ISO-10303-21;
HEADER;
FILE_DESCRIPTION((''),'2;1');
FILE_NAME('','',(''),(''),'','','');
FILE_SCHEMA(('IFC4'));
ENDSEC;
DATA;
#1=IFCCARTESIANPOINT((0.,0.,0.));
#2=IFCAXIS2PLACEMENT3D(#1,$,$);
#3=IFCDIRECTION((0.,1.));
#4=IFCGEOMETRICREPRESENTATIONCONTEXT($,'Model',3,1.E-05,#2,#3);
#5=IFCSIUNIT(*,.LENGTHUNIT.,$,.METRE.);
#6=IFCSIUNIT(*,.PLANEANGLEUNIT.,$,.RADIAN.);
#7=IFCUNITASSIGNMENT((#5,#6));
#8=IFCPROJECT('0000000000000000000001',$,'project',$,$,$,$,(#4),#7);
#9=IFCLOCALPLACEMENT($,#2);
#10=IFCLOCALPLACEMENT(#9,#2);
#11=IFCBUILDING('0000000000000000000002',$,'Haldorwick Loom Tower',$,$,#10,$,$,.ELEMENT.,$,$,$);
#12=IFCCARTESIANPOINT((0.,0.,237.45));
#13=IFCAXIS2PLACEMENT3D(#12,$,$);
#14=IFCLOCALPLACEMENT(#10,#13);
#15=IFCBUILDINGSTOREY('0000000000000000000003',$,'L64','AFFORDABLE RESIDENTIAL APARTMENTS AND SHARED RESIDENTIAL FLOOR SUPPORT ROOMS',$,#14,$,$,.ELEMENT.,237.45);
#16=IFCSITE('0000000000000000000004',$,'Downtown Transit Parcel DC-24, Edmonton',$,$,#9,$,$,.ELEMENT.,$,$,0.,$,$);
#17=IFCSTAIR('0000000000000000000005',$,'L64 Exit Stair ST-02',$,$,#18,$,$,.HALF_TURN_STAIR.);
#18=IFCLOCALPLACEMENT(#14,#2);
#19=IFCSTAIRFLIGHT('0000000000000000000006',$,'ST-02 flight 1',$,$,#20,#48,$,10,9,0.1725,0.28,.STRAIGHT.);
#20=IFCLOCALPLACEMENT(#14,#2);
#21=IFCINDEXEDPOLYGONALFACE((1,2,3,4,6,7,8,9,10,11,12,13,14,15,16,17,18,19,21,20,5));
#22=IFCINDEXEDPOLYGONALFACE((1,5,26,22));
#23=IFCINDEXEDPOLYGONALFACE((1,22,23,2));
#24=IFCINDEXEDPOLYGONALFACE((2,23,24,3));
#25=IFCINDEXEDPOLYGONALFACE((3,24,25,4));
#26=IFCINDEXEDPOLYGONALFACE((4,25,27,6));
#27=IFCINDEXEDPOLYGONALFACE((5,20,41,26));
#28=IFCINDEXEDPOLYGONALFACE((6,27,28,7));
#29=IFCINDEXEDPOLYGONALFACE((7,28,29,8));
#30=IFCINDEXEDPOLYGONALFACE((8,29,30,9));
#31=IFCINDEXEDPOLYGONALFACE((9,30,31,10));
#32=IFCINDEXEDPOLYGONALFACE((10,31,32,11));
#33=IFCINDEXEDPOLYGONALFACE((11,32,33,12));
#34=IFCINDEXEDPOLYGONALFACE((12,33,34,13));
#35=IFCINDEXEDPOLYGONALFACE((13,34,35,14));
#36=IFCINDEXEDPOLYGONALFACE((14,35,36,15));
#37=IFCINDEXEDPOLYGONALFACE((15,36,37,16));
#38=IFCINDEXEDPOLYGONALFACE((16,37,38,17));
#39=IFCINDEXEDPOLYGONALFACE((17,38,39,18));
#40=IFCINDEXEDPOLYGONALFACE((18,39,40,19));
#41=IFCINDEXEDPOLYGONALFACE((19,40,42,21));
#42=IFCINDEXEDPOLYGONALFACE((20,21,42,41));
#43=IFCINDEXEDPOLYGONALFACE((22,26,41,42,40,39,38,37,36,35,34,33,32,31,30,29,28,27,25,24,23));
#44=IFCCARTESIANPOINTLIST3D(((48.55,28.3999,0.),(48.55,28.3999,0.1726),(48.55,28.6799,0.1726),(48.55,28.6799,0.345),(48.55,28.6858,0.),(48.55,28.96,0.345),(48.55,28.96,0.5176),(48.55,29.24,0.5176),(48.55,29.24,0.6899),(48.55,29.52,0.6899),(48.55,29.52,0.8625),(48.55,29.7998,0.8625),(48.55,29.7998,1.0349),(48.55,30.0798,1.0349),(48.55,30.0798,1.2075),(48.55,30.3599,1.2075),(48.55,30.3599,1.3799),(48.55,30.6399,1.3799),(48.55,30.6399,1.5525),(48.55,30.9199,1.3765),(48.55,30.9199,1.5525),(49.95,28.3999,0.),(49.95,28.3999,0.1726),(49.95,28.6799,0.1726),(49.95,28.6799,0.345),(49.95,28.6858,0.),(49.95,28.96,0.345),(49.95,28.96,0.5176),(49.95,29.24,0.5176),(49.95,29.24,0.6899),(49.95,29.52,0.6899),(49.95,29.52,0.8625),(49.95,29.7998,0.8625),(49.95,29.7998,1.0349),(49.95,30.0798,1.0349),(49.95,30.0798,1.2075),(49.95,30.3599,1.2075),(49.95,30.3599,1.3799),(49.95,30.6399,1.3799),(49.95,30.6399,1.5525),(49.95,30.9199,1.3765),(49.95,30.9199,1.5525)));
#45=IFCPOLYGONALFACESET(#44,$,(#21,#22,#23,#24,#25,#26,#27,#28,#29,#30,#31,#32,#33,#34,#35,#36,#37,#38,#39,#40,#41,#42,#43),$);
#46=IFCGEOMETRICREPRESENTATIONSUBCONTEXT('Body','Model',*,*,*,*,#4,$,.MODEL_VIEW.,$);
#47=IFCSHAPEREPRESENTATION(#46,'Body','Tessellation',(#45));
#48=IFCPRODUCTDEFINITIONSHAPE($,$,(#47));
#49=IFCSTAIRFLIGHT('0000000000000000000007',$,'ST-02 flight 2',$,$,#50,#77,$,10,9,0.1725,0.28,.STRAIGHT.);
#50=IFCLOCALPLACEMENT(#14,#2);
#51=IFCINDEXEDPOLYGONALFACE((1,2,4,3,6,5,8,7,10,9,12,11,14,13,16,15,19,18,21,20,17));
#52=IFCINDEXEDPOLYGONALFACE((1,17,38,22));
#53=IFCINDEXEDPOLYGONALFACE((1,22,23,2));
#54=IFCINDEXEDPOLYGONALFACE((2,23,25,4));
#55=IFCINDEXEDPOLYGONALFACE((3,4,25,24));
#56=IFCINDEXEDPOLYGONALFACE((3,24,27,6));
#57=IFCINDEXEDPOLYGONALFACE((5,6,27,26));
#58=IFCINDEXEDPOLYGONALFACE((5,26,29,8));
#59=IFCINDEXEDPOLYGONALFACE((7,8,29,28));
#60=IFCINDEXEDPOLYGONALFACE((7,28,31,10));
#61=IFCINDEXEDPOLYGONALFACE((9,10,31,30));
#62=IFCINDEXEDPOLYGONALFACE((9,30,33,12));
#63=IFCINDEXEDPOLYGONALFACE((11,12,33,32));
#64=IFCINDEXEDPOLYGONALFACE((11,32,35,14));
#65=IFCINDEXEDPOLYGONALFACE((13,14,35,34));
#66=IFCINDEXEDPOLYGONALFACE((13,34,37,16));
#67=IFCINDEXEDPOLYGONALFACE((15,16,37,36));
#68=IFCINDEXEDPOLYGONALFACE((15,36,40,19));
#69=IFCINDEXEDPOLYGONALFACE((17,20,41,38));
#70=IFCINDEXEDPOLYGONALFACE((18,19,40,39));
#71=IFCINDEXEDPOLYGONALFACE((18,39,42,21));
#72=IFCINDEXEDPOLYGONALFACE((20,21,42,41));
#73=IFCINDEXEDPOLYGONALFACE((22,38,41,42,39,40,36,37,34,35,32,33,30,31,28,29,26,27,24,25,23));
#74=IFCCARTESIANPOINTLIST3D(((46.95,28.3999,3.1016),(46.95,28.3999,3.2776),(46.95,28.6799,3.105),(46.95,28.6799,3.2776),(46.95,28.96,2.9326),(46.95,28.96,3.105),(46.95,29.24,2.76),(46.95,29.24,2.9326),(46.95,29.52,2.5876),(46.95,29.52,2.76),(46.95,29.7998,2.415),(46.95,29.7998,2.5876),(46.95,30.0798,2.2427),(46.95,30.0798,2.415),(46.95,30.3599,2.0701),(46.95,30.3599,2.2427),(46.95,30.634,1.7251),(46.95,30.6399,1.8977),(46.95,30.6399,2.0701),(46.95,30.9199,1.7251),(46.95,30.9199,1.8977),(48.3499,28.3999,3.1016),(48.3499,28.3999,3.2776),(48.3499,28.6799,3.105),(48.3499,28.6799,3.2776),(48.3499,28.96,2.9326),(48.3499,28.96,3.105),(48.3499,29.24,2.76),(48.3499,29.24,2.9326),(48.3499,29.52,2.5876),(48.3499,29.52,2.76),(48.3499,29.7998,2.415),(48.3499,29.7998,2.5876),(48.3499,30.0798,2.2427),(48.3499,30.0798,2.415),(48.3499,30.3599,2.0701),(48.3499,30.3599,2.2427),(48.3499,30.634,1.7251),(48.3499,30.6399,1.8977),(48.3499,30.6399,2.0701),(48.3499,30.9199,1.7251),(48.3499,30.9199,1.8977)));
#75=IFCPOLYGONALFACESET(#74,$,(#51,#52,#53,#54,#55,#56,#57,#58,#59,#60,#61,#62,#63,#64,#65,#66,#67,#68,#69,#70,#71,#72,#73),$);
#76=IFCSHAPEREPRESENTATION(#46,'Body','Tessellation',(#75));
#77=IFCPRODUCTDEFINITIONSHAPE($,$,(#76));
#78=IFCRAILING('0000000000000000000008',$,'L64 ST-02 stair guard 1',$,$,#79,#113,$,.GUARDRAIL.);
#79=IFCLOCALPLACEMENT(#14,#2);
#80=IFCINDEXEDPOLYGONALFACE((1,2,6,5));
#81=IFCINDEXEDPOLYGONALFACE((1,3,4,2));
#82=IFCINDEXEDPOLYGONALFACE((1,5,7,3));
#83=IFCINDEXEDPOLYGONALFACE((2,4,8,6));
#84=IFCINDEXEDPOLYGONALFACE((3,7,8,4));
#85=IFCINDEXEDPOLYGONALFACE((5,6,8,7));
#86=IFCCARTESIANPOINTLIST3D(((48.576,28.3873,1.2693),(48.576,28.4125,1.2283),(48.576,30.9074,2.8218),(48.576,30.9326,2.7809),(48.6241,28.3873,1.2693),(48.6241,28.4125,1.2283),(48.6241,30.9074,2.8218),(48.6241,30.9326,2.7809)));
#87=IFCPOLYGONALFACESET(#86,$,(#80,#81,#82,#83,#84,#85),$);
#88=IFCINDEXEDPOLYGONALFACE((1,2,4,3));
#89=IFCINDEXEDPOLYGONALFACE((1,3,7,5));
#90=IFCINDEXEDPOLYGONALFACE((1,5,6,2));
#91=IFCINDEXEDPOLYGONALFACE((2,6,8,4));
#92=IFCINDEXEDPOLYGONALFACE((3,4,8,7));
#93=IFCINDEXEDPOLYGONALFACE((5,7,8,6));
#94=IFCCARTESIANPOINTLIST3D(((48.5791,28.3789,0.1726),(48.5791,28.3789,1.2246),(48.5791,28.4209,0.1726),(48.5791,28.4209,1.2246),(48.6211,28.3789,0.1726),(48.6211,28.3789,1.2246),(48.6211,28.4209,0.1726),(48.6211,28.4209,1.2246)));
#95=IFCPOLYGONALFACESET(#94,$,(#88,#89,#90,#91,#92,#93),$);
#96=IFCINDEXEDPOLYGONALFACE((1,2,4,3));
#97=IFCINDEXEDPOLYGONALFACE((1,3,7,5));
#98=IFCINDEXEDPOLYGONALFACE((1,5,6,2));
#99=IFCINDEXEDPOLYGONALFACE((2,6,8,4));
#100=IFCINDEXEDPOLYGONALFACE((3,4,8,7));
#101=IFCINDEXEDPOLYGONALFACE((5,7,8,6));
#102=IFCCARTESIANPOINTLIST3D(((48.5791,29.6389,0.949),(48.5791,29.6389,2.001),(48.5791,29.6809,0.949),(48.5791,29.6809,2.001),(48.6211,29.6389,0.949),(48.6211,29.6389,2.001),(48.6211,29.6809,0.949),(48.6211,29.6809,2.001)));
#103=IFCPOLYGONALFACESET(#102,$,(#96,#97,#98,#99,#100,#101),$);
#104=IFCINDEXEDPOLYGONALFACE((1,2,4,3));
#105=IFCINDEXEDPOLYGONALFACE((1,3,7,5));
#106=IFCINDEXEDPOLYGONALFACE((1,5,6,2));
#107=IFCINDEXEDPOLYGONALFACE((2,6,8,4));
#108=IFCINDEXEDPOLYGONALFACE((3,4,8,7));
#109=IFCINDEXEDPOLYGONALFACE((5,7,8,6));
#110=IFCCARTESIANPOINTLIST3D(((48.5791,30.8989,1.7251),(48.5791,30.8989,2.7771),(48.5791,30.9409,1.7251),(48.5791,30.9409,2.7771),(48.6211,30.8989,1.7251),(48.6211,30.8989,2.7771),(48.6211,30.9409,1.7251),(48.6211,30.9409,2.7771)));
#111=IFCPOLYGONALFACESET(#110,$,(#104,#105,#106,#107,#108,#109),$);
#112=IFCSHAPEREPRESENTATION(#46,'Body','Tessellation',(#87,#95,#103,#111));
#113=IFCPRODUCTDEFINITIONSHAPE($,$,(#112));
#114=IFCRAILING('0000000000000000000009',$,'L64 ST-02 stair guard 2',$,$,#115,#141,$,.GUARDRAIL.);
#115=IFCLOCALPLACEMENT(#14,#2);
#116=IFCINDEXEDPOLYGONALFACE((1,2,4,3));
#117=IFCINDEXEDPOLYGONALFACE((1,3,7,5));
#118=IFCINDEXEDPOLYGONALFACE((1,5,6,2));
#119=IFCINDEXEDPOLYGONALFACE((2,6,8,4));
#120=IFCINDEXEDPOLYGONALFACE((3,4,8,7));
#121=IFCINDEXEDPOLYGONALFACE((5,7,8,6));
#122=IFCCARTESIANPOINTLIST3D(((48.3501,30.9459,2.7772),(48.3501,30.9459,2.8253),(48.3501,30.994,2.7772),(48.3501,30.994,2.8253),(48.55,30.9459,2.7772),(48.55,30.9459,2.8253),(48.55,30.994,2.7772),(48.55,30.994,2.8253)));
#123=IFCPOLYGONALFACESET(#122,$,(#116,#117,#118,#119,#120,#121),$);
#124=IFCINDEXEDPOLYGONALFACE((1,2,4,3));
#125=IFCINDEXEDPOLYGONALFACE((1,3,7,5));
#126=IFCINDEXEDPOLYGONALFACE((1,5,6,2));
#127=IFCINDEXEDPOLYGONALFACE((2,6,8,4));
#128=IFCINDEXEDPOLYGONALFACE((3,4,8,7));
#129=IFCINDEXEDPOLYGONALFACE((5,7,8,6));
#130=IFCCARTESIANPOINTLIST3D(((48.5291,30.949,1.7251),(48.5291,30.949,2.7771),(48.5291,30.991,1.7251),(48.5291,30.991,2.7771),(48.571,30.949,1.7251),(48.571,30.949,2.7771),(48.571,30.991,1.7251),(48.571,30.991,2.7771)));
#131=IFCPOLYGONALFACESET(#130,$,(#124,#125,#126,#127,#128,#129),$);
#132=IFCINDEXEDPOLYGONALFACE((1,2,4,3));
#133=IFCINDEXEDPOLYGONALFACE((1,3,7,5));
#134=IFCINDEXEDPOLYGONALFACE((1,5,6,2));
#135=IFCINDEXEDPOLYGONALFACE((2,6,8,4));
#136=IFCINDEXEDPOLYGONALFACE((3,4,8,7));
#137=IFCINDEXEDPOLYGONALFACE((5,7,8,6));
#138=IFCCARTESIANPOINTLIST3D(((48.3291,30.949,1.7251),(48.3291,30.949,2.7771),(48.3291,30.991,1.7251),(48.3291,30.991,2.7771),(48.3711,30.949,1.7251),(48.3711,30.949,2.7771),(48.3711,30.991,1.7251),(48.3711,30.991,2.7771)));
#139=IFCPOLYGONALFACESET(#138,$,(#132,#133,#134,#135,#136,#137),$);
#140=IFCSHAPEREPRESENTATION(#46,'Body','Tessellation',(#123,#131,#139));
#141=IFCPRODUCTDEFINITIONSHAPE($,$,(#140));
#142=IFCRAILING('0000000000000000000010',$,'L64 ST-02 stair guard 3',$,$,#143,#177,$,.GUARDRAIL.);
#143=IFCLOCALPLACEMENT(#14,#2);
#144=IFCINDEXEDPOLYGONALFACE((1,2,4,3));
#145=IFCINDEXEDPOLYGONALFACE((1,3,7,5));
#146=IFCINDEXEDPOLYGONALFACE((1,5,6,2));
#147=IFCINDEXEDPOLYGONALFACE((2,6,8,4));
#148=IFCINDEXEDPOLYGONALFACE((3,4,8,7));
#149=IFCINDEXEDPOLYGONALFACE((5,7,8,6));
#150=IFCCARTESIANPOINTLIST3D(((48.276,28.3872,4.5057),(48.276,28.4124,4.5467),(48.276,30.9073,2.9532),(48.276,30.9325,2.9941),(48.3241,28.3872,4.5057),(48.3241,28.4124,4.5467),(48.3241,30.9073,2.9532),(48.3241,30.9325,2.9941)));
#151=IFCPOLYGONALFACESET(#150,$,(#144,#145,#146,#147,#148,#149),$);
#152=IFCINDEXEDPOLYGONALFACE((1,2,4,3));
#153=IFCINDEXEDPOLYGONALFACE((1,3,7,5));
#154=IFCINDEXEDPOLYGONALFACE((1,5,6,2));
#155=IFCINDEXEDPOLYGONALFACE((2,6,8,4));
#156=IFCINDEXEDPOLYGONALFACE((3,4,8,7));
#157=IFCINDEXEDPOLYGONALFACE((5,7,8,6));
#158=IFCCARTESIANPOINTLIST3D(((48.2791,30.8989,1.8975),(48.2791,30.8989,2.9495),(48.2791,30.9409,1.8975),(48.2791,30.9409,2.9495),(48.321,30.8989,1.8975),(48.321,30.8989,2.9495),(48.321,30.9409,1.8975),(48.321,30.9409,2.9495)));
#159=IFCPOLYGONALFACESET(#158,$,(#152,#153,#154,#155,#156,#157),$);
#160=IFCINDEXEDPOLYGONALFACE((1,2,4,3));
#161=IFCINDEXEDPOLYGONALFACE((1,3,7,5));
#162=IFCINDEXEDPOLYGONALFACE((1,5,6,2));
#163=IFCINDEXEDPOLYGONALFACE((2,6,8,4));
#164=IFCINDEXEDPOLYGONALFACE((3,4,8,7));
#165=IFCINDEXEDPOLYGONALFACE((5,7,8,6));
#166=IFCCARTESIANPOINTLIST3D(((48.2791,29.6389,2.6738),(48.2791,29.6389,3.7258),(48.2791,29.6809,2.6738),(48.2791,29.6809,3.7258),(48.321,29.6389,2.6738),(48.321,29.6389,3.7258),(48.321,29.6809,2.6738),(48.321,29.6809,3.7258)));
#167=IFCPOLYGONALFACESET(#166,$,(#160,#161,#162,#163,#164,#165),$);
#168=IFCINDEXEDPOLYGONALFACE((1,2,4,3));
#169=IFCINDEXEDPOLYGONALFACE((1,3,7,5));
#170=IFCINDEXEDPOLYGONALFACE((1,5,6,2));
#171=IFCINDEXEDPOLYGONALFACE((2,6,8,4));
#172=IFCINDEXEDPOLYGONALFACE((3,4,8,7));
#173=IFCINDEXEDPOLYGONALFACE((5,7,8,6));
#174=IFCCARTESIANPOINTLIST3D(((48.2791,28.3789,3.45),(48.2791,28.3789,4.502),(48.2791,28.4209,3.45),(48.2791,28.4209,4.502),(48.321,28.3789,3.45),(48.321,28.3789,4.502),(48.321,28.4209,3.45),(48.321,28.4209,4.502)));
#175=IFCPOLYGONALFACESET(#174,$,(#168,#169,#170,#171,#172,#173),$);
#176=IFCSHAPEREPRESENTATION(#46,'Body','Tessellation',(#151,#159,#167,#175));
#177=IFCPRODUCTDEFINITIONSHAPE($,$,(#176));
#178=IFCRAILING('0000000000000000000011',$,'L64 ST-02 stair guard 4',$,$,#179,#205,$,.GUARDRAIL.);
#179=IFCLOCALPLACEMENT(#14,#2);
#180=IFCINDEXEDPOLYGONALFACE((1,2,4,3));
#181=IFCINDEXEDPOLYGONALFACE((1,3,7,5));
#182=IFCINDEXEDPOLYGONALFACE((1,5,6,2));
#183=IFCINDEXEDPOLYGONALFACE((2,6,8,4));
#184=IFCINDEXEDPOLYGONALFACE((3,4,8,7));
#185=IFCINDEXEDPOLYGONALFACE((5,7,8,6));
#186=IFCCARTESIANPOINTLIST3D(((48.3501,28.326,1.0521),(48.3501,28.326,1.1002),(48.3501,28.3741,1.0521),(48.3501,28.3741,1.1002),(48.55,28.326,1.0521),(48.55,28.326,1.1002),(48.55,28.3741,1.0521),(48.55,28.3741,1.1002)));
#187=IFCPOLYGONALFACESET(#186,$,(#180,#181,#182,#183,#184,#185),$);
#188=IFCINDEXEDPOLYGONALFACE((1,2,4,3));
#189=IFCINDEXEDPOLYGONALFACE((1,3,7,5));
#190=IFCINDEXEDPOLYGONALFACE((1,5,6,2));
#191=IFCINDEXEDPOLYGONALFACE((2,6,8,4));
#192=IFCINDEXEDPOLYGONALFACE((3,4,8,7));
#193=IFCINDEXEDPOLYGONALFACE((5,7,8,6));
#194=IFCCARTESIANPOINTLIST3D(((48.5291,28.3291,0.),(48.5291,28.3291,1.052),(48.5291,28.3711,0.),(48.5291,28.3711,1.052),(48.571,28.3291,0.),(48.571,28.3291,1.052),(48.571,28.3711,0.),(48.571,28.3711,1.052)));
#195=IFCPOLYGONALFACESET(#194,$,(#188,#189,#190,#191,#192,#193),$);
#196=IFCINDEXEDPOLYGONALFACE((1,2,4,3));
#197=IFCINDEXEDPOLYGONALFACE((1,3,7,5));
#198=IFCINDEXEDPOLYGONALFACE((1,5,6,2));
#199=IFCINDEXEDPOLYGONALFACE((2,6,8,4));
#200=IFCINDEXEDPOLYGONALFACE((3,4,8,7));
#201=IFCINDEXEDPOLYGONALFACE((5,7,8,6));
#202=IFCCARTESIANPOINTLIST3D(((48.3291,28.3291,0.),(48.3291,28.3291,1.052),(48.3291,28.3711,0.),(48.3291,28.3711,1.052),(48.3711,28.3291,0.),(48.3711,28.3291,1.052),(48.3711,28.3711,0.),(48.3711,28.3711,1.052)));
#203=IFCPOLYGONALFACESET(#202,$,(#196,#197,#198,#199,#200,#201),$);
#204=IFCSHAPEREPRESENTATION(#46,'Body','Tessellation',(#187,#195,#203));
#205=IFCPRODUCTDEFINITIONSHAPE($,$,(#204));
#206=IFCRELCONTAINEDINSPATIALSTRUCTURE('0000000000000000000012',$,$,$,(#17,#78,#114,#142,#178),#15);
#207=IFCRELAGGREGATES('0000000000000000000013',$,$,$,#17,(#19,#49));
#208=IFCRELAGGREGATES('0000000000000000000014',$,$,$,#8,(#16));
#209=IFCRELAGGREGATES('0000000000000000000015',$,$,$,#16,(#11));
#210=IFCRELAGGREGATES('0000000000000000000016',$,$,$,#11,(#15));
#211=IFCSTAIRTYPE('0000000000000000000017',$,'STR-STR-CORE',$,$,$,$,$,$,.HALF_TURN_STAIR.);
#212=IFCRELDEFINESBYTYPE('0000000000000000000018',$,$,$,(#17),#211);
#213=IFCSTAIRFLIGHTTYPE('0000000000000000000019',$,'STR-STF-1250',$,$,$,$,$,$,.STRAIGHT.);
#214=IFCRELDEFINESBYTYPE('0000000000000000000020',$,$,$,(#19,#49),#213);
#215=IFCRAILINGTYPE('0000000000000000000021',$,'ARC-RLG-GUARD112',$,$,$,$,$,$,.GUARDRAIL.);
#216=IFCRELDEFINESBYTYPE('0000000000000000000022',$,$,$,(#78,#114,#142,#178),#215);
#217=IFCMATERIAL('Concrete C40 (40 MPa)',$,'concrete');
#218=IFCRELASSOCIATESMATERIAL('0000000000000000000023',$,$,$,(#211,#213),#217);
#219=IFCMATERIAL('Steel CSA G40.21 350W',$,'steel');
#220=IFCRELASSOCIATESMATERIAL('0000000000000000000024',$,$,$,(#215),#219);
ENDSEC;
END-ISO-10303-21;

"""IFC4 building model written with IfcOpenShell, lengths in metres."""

from ifc_helpers import new_model, si_unit, direction, frame, origin, origin_2d, place, context, subcontext, project, spatial, polyline, rectangle, outline, extrude, material, type_object, element, aggregate, save


model = new_model("IFC4")

# Units and contexts
model_context = context("Model", 3, precision=1e-05, world=origin(), true_north=direction((0.0, 1.0)))
body_context = subcontext(model_context, "Body", "Model", "MODEL_VIEW")
ifc_project = project(units=[si_unit("LENGTHUNIT", "METRE"), si_unit("PLANEANGLEUNIT", "RADIAN")], contexts=[model_context])

# Site, building, storey
site_placement = place(None, origin())
site = spatial("IfcSite", under=ifc_project, at=site_placement, Name="Downtown Transit Parcel DC-24, Edmonton", CompositionType="ELEMENT", RefElevation=0.0)
building_placement = place(site_placement, origin())
building = spatial("IfcBuilding", under=site, at=building_placement, Name="Haldorwick Loom Tower", CompositionType="ELEMENT")
storey_placement = place(building_placement, frame((0.0, 0.0, 237.45)))
storey = spatial("IfcBuildingStorey", under=building, at=storey_placement, Name="L64", Description="AFFORDABLE RESIDENTIAL APARTMENTS AND SHARED RESIDENTIAL FLOOR SUPPORT ROOMS", CompositionType="ELEMENT", Elevation=237.45)

# Shared definitions
ifc_material_1 = material(Name="Steel CSA G40.21 350W", Category="steel")

# Stair, stair flights
ifc_material_2 = material(Name="Concrete C40 (40 MPa)", Category="concrete")
stair_type = type_object("IfcStairType", Name="STR-STR-CORE", PredefinedType="HALF_TURN_STAIR", material=ifc_material_2)
stair_placement = place(storey_placement, origin())
stair = element("IfcStair", 1, at=stair_placement, inside=storey, type_object=stair_type, Name="L64 Exit Stair ST-02", PredefinedType="HALF_TURN_STAIR")
stair_flight_type = type_object("IfcStairFlightType", Name="STR-STF-1250", PredefinedType="STRAIGHT", material=ifc_material_2)
stair_flight_1_placement = place(storey_placement, frame((49.25, 28.3999, 0.0), z_axis=(0.0, 0.0, 1.0), x_axis=(0.0, 1.0, 0.0)))
stair_flight_1 = element("IfcStairFlight", 2, at=stair_flight_1_placement, type_object=stair_flight_type, Name="ST-02 flight 1", NumberOfRisers=10, NumberOfTreads=9, PredefinedType="STRAIGHT", RiserHeight=0.1725, TreadLength=0.28, context=body_context, shape_type="SweptSolid", body=[
    extrude(outline(polyline([(0.0, 0.0), (0.0, 0.1726), (0.28, 0.1726), (0.28, 0.345), (0.5601, 0.345), (0.5601, 0.5176), (0.8401, 0.5176), (0.8401, 0.6899), (1.1201, 0.6899), (1.1201, 0.8625), (1.3999, 0.8625), (1.3999, 1.0349), (1.6799, 1.0349), (1.6799, 1.2075), (1.96, 1.2075), (1.96, 1.3799), (2.24, 1.3799), (2.24, 1.5525), (2.52, 1.5525), (2.52, 1.7251), (2.52, 1.3765), (0.2859, 0.0), (0.0, 0.0)])), frame((0.0, 0.7, 0.0), z_axis=(0.0, -1.0, 0.0), x_axis=(1.0, 0.0, 0.0)), (0.0, 0.0, 1.0), 1.3999),
])
stair_flight_2_placement = place(storey_placement, frame((47.6499, 30.9199, 1.7251), z_axis=(0.0, 0.0, 1.0), x_axis=(0.0, -1.0, 0.0)))
stair_flight_2 = element("IfcStairFlight", 3, at=stair_flight_2_placement, type_object=stair_flight_type, Name="ST-02 flight 2", NumberOfRisers=10, NumberOfTreads=9, PredefinedType="STRAIGHT", RiserHeight=0.1725, TreadLength=0.28, context=body_context, shape_type="SweptSolid", body=[
    extrude(outline(polyline([(0.0, 0.0), (0.0, 0.1726), (0.28, 0.1726), (0.28, 0.345), (0.5601, 0.345), (0.5601, 0.5176), (0.8401, 0.5176), (0.8401, 0.6899), (1.1201, 0.6899), (1.1201, 0.8625), (1.3999, 0.8625), (1.3999, 1.0349), (1.6799, 1.0349), (1.6799, 1.2075), (1.96, 1.2075), (1.96, 1.3799), (2.24, 1.3799), (2.24, 1.5525), (2.52, 1.5525), (2.52, 1.7251), (2.52, 1.3765), (0.2859, 0.0), (0.0, 0.0)])), frame((0.0, 0.7, 0.0), z_axis=(0.0, -1.0, 0.0), x_axis=(1.0, 0.0, 0.0)), (0.0, 0.0, 1.0), 1.3999),
])
aggregate(stair, [stair_flight_1, stair_flight_2])

# Railings
railing_type_1 = type_object("IfcRailingType", Name="ARC-RLG-GUARD112", PredefinedType="GUARDRAIL", material=ifc_material_1)
railing_1_placement = place(storey_placement, frame((48.6001, 28.3999, 0.1726)))
element("IfcRailing", 4, at=railing_1_placement, inside=storey, type_object=railing_type_1, Name="L64 ST-02 stair guard 1", PredefinedType="GUARDRAIL", context=body_context, shape_type="SweptSolid", body=[
    extrude(rectangle(XDim=0.0481, YDim=0.0481, at=origin_2d()), frame((0.0, 0.0, 1.0762), z_axis=(0.0, 0.8514, 0.524516), x_axis=(-1.0, 0.0, 0.0)), (0.0, 0.0, 1.0), 2.96),
    extrude(rectangle(XDim=0.042, YDim=0.042, at=origin_2d()), origin(), (0.0, 0.0, 1.0), 1.052),
    extrude(rectangle(XDim=0.042, YDim=0.042, at=origin_2d()), frame((0.0, 1.26, 0.7764)), (0.0, 0.0, 1.0), 1.052),
    extrude(rectangle(XDim=0.042, YDim=0.042, at=origin_2d()), frame((0.0, 2.52, 1.5525)), (0.0, 0.0, 1.0), 1.052),
])
railing_2_placement = place(storey_placement, frame((48.55, 30.97, 1.7251)))
element("IfcRailing", 5, at=railing_2_placement, inside=storey, type_object=railing_type_1, Name="L64 ST-02 stair guard 2", PredefinedType="GUARDRAIL", context=body_context, shape_type="SweptSolid", body=[
    extrude(rectangle(XDim=0.0481, YDim=0.0481, at=origin_2d()), frame((0.0, 0.0, 1.0762), z_axis=(-1.0, 0.0, 0.0), x_axis=(0.0, -1.0, 0.0)), (0.0, 0.0, 1.0), 0.2),
    extrude(rectangle(XDim=0.042, YDim=0.042, at=origin_2d()), origin(), (0.0, 0.0, 1.0), 1.052),
    extrude(rectangle(XDim=0.042, YDim=0.042, at=origin_2d()), frame((-0.2, 0.0, 0.0)), (0.0, 0.0, 1.0), 1.052),
])
railing_3_placement = place(storey_placement, frame((48.3, 30.9199, 1.8975)))
element("IfcRailing", 6, at=railing_3_placement, inside=storey, type_object=railing_type_1, Name="L64 ST-02 stair guard 3", PredefinedType="GUARDRAIL", context=body_context, shape_type="SweptSolid", body=[
    extrude(rectangle(XDim=0.0481, YDim=0.0481, at=origin_2d()), frame((0.0, 0.0, 1.0762), z_axis=(0.0, -0.8514, 0.524516), x_axis=(1.0, 0.0, 0.0)), (0.0, 0.0, 1.0), 2.96),
    extrude(rectangle(XDim=0.042, YDim=0.042, at=origin_2d()), origin(), (0.0, 0.0, 1.0), 1.052),
    extrude(rectangle(XDim=0.042, YDim=0.042, at=origin_2d()), frame((0.0, -1.26, 0.7764)), (0.0, 0.0, 1.0), 1.052),
    extrude(rectangle(XDim=0.042, YDim=0.042, at=origin_2d()), frame((0.0, -2.52, 1.5525)), (0.0, 0.0, 1.0), 1.052),
])
railing_4_placement = place(storey_placement, frame((48.55, 28.3501, 0.0)))
element("IfcRailing", 7, at=railing_4_placement, inside=storey, type_object=railing_type_1, Name="L64 ST-02 stair guard 4", PredefinedType="GUARDRAIL", context=body_context, shape_type="SweptSolid", body=[
    extrude(rectangle(XDim=0.0481, YDim=0.0481, at=origin_2d()), frame((0.0, 0.0, 1.0762), z_axis=(-1.0, 0.0, 0.0), x_axis=(0.0, -1.0, 0.0)), (0.0, 0.0, 1.0), 0.2),
    extrude(rectangle(XDim=0.042, YDim=0.042, at=origin_2d()), origin(), (0.0, 0.0, 1.0), 1.052),
    extrude(rectangle(XDim=0.042, YDim=0.042, at=origin_2d()), frame((-0.2, 0.0, 0.0)), (0.0, 0.0, 1.0), 1.052),
])

save(model, "model.ifc")
